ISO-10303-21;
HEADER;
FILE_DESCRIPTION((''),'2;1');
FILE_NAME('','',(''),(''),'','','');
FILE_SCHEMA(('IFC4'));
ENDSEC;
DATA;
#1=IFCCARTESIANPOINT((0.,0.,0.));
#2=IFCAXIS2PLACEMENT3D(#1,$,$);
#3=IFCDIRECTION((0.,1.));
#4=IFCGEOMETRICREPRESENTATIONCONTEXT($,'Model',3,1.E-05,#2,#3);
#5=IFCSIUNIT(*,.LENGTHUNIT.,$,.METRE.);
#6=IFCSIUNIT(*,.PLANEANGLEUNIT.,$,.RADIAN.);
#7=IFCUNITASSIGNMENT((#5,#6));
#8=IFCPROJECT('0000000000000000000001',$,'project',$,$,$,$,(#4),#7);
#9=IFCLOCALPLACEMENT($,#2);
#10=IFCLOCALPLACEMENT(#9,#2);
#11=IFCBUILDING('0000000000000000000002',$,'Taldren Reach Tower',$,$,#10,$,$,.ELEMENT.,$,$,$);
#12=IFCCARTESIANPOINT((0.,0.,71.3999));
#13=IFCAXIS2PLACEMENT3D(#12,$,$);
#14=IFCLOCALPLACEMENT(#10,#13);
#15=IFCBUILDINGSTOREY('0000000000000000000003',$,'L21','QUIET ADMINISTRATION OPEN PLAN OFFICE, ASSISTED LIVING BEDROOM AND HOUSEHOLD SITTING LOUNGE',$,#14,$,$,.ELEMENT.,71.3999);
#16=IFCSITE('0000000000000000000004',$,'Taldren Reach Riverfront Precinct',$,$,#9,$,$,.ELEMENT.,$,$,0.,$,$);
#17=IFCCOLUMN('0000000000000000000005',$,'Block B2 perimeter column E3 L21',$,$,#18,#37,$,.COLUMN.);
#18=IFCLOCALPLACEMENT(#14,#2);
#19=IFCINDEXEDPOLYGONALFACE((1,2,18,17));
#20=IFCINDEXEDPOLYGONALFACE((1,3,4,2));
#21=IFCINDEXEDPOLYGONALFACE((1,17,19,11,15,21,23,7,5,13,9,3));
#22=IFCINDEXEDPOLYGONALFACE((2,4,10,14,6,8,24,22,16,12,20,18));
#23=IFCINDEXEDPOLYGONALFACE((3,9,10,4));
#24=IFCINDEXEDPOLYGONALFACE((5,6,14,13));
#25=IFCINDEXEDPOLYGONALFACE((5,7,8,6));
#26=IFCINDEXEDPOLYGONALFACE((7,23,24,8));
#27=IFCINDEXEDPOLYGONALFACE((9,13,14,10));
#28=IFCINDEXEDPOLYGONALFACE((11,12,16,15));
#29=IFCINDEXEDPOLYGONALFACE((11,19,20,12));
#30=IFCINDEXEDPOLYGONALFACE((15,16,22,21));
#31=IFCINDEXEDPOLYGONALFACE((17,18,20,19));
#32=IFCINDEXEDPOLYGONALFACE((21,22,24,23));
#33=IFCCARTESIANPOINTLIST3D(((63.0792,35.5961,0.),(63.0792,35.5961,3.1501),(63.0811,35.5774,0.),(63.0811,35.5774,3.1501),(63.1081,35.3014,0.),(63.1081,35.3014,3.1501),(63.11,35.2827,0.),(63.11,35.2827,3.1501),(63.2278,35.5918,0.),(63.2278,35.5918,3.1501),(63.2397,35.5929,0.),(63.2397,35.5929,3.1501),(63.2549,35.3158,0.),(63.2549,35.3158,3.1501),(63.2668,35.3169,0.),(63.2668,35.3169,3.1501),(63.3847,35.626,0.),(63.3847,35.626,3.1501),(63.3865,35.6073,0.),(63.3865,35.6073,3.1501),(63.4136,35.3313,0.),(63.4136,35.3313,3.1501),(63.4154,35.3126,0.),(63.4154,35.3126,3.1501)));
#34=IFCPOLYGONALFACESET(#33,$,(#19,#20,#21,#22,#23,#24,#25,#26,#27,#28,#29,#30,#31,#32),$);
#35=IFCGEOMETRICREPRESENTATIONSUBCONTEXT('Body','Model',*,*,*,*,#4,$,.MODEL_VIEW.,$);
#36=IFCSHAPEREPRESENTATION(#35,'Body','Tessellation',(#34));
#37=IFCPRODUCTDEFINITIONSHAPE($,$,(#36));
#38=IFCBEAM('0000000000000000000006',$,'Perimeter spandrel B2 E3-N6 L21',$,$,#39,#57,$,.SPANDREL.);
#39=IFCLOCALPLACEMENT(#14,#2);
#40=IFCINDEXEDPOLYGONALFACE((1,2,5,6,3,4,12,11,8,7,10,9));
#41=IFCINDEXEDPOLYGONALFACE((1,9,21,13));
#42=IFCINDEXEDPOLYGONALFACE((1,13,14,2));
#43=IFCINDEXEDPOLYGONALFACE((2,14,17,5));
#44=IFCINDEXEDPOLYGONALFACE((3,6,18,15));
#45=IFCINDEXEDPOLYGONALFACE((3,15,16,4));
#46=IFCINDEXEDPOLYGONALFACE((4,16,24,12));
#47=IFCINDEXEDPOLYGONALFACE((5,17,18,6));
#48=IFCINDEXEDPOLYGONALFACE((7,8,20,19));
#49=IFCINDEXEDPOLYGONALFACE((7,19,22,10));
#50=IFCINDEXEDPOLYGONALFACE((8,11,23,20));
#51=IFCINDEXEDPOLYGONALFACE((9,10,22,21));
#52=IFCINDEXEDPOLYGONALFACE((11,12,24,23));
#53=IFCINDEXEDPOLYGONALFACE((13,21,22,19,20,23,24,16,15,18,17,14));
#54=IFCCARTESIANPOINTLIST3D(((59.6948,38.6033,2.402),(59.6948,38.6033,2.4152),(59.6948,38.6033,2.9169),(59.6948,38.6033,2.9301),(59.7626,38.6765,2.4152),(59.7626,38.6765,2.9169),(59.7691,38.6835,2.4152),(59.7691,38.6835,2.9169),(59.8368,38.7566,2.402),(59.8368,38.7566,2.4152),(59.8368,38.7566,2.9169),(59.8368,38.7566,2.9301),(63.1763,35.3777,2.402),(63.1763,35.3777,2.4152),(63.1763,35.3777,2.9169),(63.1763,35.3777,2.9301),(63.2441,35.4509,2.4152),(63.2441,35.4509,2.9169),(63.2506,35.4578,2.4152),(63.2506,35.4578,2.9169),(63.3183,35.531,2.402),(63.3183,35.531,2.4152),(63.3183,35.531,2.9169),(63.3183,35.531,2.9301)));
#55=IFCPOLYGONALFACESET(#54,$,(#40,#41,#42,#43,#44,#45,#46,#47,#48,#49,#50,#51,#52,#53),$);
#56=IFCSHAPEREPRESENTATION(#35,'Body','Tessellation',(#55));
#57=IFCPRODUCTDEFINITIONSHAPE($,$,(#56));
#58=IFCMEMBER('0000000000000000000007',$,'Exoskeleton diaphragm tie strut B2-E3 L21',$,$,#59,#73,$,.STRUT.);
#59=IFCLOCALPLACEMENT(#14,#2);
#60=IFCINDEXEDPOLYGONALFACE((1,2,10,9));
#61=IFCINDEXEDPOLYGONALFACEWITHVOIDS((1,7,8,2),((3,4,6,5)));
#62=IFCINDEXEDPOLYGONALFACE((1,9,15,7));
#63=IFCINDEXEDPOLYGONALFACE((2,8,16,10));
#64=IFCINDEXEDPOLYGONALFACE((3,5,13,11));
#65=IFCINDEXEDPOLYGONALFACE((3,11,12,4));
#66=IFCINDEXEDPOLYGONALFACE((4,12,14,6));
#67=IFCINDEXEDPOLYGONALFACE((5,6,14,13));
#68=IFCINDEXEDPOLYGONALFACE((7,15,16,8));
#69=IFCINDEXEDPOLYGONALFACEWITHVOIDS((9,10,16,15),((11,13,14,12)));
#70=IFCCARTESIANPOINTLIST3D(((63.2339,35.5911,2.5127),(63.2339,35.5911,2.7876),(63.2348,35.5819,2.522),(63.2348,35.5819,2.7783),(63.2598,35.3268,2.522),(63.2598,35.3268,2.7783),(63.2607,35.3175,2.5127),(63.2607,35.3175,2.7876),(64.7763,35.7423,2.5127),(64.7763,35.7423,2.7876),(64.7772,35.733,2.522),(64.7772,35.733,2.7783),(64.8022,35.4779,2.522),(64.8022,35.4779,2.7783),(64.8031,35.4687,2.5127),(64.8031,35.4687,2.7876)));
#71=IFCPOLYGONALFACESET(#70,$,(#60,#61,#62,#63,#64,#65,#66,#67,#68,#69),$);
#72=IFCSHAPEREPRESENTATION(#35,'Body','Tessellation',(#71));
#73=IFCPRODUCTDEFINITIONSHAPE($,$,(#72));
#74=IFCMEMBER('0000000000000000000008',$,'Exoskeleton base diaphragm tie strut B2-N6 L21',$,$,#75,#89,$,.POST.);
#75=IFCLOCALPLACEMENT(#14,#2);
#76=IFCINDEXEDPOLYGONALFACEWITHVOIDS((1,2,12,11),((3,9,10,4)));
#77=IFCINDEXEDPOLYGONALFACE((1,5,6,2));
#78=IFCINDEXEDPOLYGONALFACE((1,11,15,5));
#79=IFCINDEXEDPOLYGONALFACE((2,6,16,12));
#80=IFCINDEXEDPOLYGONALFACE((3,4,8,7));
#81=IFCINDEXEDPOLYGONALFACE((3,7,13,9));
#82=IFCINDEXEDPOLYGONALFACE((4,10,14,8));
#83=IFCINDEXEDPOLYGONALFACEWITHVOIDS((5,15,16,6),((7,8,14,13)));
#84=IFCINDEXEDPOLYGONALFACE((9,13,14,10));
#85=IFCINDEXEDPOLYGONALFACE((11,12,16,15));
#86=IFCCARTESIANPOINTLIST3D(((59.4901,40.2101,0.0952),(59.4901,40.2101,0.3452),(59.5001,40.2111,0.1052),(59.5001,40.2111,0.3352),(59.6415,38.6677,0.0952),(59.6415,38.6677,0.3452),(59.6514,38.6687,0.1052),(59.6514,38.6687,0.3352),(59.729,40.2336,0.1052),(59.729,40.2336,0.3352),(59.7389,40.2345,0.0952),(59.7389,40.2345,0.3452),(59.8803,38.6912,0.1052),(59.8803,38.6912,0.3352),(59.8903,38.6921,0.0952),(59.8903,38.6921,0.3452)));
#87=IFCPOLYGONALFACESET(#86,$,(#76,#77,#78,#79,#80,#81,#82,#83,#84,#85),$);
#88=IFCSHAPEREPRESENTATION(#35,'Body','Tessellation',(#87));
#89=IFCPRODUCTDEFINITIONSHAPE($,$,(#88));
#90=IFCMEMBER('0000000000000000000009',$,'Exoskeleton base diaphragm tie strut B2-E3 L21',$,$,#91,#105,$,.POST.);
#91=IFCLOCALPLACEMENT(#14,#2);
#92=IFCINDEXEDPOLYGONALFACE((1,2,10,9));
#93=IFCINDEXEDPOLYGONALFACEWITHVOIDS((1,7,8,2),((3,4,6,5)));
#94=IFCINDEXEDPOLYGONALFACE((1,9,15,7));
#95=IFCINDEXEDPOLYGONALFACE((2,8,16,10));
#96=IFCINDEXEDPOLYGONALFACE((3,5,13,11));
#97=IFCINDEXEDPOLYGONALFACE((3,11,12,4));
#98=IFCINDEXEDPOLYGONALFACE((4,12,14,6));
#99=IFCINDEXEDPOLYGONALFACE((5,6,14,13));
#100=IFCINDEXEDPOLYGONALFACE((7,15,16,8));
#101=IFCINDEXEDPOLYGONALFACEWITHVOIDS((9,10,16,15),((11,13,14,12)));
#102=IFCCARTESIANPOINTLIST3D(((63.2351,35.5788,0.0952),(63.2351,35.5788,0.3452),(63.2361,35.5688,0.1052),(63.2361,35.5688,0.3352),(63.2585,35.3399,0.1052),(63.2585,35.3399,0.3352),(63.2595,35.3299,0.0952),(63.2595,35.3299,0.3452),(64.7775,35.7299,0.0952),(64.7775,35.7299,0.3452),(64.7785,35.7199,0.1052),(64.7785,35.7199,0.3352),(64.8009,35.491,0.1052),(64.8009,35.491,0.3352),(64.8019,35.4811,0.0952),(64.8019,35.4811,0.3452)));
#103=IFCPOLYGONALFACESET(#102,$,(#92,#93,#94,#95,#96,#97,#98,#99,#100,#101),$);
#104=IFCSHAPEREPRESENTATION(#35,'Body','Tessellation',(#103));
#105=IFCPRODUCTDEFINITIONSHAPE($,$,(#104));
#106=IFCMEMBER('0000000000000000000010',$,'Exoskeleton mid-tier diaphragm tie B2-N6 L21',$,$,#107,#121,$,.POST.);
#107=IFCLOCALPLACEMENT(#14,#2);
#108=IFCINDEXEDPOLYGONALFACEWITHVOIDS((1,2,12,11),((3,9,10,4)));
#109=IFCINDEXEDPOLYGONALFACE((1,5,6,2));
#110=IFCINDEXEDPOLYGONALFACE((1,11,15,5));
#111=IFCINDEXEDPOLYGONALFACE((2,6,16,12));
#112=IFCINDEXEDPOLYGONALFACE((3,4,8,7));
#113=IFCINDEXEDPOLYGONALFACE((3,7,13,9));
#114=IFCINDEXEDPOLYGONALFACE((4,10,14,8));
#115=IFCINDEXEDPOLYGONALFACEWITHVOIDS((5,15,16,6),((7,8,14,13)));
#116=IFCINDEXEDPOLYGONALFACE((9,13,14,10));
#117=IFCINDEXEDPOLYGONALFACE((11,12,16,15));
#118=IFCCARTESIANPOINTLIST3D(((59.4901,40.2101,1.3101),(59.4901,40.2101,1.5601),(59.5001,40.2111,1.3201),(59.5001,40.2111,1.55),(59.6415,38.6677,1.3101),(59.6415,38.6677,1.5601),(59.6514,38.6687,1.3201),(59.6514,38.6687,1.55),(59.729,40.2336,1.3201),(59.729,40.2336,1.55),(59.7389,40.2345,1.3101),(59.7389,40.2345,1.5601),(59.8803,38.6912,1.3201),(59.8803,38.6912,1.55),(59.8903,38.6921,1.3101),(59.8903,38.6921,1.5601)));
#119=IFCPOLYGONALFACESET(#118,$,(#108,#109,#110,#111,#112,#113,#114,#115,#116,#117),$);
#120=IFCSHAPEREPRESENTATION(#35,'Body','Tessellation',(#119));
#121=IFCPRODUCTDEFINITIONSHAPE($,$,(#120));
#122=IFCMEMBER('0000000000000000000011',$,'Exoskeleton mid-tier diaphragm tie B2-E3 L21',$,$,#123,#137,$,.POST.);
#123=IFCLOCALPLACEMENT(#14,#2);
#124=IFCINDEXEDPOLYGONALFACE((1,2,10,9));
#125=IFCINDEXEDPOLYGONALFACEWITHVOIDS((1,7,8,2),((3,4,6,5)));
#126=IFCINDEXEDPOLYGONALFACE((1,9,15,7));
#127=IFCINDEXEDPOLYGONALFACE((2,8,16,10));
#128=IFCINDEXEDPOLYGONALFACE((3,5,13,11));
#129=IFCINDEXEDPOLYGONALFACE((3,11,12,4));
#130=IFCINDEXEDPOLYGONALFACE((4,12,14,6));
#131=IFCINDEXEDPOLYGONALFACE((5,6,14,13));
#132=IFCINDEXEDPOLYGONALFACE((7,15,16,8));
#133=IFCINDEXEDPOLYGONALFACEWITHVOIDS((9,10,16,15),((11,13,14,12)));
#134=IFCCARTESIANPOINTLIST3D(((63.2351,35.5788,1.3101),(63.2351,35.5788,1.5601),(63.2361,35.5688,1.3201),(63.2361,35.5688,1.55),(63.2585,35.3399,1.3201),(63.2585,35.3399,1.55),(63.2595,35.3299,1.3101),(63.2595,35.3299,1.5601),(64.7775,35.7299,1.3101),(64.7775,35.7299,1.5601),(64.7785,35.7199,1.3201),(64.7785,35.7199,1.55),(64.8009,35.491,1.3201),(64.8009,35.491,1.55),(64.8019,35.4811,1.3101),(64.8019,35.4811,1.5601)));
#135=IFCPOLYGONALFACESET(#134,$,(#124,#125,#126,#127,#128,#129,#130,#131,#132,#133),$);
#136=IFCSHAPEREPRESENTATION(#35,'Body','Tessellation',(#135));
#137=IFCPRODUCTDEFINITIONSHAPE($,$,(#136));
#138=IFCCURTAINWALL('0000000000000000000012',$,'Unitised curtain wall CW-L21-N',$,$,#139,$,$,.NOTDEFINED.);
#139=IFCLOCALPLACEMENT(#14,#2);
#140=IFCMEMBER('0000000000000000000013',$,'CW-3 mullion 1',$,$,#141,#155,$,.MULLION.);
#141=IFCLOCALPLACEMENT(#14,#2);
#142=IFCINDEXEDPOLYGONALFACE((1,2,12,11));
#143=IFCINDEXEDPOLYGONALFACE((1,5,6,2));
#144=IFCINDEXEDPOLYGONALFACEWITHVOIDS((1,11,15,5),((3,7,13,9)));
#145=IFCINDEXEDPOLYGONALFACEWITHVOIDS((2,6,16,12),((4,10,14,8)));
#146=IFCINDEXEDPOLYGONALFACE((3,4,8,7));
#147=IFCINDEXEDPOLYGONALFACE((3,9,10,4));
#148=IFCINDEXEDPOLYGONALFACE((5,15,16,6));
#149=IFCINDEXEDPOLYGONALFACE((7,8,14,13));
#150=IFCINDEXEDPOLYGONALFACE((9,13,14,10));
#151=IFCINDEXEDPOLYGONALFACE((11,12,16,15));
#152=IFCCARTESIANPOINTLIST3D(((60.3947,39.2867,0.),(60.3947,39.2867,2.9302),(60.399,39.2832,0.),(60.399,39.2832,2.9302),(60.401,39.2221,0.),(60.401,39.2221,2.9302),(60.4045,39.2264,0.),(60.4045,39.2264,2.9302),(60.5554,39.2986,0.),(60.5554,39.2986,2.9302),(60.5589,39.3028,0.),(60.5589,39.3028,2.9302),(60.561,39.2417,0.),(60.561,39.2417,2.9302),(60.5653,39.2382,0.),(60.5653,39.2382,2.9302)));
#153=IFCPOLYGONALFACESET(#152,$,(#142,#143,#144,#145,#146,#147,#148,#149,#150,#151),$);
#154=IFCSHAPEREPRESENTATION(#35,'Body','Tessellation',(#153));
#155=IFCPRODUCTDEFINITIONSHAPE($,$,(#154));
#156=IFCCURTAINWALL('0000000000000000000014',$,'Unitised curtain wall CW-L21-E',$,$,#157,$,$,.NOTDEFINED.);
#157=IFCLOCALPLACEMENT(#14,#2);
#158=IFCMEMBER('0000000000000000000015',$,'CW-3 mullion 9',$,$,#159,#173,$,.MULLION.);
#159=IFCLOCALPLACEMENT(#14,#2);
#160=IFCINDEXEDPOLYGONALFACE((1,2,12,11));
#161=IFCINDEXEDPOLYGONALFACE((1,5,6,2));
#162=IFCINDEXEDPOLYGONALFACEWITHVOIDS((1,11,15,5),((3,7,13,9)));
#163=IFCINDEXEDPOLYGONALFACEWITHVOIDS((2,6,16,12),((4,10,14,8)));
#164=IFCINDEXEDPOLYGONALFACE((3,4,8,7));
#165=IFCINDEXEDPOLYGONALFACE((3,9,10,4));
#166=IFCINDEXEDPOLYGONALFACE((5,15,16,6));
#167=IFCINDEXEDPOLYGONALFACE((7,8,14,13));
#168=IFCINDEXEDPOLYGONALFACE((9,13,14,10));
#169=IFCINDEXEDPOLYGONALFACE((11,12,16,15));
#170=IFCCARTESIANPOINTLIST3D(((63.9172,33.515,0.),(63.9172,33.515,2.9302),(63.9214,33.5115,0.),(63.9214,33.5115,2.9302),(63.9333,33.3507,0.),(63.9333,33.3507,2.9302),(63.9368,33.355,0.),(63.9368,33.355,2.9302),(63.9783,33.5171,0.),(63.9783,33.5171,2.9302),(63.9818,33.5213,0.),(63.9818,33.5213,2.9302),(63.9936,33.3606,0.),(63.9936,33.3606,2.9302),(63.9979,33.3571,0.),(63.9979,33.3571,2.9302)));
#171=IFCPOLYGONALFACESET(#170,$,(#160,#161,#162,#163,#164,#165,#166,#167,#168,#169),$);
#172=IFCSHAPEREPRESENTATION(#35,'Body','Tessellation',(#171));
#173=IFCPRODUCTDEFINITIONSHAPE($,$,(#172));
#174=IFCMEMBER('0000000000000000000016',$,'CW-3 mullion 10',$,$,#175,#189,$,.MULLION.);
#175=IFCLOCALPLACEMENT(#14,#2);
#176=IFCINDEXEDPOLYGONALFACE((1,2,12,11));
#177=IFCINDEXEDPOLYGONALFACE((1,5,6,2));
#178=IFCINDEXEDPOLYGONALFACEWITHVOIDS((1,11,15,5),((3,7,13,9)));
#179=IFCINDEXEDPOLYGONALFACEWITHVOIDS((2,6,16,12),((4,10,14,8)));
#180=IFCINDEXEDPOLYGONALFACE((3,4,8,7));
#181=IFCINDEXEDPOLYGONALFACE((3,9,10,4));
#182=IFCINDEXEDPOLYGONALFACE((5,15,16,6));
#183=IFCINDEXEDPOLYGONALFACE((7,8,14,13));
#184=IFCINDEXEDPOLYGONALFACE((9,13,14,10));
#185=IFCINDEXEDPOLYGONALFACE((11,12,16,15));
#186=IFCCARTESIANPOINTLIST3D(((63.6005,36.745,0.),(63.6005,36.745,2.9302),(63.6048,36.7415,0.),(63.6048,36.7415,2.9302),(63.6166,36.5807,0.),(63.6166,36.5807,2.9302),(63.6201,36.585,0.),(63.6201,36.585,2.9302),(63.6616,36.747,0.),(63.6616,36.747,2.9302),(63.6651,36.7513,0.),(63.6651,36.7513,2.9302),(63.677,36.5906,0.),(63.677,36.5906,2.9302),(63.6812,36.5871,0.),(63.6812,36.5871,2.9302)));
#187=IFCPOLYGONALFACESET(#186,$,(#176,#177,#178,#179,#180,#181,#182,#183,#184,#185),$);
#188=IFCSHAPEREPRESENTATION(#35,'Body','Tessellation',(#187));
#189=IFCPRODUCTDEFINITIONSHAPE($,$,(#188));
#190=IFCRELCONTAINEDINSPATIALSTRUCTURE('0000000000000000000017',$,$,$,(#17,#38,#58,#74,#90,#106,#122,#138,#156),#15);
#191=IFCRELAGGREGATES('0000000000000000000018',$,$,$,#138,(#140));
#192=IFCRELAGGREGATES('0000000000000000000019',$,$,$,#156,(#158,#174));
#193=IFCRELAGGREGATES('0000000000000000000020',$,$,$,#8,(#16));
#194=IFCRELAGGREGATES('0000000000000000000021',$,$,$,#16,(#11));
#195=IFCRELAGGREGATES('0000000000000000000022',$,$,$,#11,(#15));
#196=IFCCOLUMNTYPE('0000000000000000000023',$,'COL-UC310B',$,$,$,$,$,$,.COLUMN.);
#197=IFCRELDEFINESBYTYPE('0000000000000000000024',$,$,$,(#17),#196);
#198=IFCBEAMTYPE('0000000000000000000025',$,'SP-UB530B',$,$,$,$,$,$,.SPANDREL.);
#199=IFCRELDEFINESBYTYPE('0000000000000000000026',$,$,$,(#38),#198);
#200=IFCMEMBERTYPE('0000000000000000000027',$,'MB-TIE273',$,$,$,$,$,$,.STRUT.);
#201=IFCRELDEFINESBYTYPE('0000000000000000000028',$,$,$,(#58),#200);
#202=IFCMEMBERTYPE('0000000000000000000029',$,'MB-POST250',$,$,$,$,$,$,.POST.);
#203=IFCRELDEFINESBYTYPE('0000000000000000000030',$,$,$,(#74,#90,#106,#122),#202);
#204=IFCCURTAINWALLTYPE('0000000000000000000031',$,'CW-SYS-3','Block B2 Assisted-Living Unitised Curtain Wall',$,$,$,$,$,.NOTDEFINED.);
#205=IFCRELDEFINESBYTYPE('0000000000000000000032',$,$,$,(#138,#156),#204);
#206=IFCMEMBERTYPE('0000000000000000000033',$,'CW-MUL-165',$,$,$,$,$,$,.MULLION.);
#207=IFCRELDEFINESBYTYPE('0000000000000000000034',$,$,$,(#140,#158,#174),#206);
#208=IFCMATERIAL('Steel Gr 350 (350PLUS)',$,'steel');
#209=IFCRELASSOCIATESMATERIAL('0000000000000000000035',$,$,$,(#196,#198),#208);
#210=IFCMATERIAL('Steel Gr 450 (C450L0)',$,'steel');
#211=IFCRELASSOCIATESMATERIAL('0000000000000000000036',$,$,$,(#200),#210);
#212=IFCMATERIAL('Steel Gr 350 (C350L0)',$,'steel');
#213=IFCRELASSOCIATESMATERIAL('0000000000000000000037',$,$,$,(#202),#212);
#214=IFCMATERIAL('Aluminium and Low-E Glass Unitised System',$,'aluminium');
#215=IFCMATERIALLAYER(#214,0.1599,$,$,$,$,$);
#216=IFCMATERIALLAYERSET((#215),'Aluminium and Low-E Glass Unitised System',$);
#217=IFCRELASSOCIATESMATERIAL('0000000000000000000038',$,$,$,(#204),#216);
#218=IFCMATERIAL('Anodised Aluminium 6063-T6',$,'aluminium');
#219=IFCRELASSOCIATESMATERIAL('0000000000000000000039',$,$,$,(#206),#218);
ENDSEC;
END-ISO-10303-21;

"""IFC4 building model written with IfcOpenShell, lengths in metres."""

from ifc_helpers import new_model, si_unit, direction, frame, origin, origin_2d, place, context, subcontext, project, spatial, hollow_rectangle, i_section, extrude, source, transform, mapped, material, layer, layer_set, material_profile, profile_set, type_object, element, aggregate, save


model = new_model("IFC4")

# Units and contexts
model_context = context("Model", 3, precision=1e-05, world=origin(), true_north=direction((0.0, 1.0)))
body_context = subcontext(model_context, "Body", "Model", "MODEL_VIEW")
ifc_project = project(units=[si_unit("LENGTHUNIT", "METRE"), si_unit("PLANEANGLEUNIT", "RADIAN")], contexts=[model_context])

# Site, building, storey
site_placement = place(None, origin())
site = spatial("IfcSite", under=ifc_project, at=site_placement, Name="Taldren Reach Riverfront Precinct", CompositionType="ELEMENT", RefElevation=0.0)
building_placement = place(site_placement, origin())
building = spatial("IfcBuilding", under=site, at=building_placement, Name="Taldren Reach Tower", CompositionType="ELEMENT")
storey_placement = place(building_placement, frame((0.0, 0.0, 71.3999)))
storey = spatial("IfcBuildingStorey", under=building, at=storey_placement, Name="L21", Description="QUIET ADMINISTRATION OPEN PLAN OFFICE, ASSISTED LIVING BEDROOM AND HOUSEHOLD SITTING LOUNGE", CompositionType="ELEMENT", Elevation=71.3999)

# Column
ifc_material_1 = material(Name="Steel Gr 350 (350PLUS)", Category="steel")
ifc_material_profile_1 = material_profile(ifc_material_1, i_section(OverallWidth=0.3069, OverallDepth=0.3149, WebThickness=0.012, FlangeThickness=0.0188, at=origin_2d()), Name="310UC118")
ifc_profile_set_1 = profile_set([ifc_material_profile_1], Name="Steel Gr 350 (350PLUS)")
column_type = type_object("IfcColumnType", Name="COL-UC310B", PredefinedType="COLUMN", material=ifc_profile_set_1)
shared_shape_1 = source(origin(), body_context, "Body", "SweptSolid", [
    extrude(i_section(OverallWidth=0.3069, OverallDepth=0.3149, WebThickness=0.012, FlangeThickness=0.0188, at=origin_2d()), origin(), (0.0, 0.0, 1.0), 3.1501),
])
column_placement = place(storey_placement, frame((63.2473, 35.4543, 0.0), z_axis=(0.0, 0.0, 1.0), x_axis=(0.995227, 0.097583, 0.0)))
element("IfcColumn", 1, at=column_placement, inside=storey, type_object=column_type, Name="Block B2 perimeter column E3 L21", PredefinedType="COLUMN", context=body_context, shape_type="MappedRepresentation", body=[
    mapped(shared_shape_1, transform((0.0, 0.0, 0.0), scale=1.0)),
])

# Beam
ifc_material_profile_2 = material_profile(ifc_material_1, i_section(OverallWidth=0.209, OverallDepth=0.5281, WebThickness=0.0095, FlangeThickness=0.0132, at=origin_2d()), Name="530UB82.0")
ifc_profile_set_2 = profile_set([ifc_material_profile_2], Name="Steel Gr 350 (350PLUS)")
beam_type = type_object("IfcBeamType", Name="SP-UB530B", PredefinedType="SPANDREL", material=ifc_profile_set_2)
shared_shape_2 = source(origin(), body_context, "Body", "SweptSolid", [
    extrude(i_section(OverallWidth=0.209, OverallDepth=0.5281, WebThickness=0.0095, FlangeThickness=0.0132, at=origin_2d()), origin(), (0.0, 0.0, 1.0), 4.7461),
])
beam_placement = place(storey_placement, frame((63.2473, 35.4543, 2.666), z_axis=(-0.733548, 0.679638, 0.0), x_axis=(-0.679638, -0.733548, 0.0)))
element("IfcBeam", 2, at=beam_placement, inside=storey, type_object=beam_type, Name="Perimeter spandrel B2 E3-N6 L21", PredefinedType="SPANDREL", context=body_context, shape_type="MappedRepresentation", body=[
    mapped(shared_shape_2, transform((0.0, 0.0, 0.0), scale=1.0)),
])

# Members
ifc_material_2 = material(Name="Steel Gr 450 (C450L0)", Category="steel")
ifc_material_profile_3 = material_profile(ifc_material_2, hollow_rectangle(XDim=0.2749, YDim=0.2749, WallThickness=0.0093, at=origin_2d()), Name="275x275x9.3SHS")
ifc_profile_set_3 = profile_set([ifc_material_profile_3], Name="Steel Gr 450 (C450L0)")
member_type_1 = type_object("IfcMemberType", Name="MB-TIE273", PredefinedType="STRUT", material=ifc_profile_set_3)
shared_shape_3 = source(origin(), body_context, "Body", "SweptSolid", [
    extrude(hollow_rectangle(XDim=0.2749, YDim=0.2749, WallThickness=0.0093, at=origin_2d()), origin(), (0.0, 0.0, 1.0), 1.5498),
])
member_1_placement = place(storey_placement, frame((63.2473, 35.4543, 2.6501), z_axis=(0.995235, 0.097507, 0.0), x_axis=(-0.097507, 0.995235, 0.0)))
element("IfcMember", 3, at=member_1_placement, inside=storey, type_object=member_type_1, Name="Exoskeleton diaphragm tie strut B2-E3 L21", PredefinedType="STRUT", context=body_context, shape_type="MappedRepresentation", body=[
    mapped(shared_shape_3, transform((0.0, 0.0, 0.0), scale=1.0)),
])
ifc_material_3 = material(Name="Steel Gr 350 (C350L0)", Category="steel")
ifc_material_profile_4 = material_profile(ifc_material_3, hollow_rectangle(XDim=0.25, YDim=0.25, WallThickness=0.01, at=origin_2d()), Name="250x250x10.0SHS")
ifc_profile_set_4 = profile_set([ifc_material_profile_4], Name="Steel Gr 350 (C350L0)")
member_type_2 = type_object("IfcMemberType", Name="MB-POST250", PredefinedType="POST", material=ifc_profile_set_4)
shared_shape_4 = source(origin(), body_context, "Body", "SweptSolid", [
    extrude(hollow_rectangle(XDim=0.25, YDim=0.25, WallThickness=0.01, at=origin_2d()), origin(), (0.0, 0.0, 1.0), 1.5498),
])
for number, where, z_axis, x_axis, name in (
    (4, (59.7659, 38.6799, 0.2202), (-0.097663, 0.99522, 0.0), (-0.99522, -0.097663, 0.0), "Exoskeleton base diaphragm tie strut B2-N6 L21"),
    (5, (63.2473, 35.4543, 0.2202), (0.995235, 0.097507, 0.0), (-0.097507, 0.995235, 0.0), "Exoskeleton base diaphragm tie strut B2-E3 L21"),
    (6, (59.7659, 38.6799, 1.4351), (-0.097663, 0.99522, 0.0), (-0.99522, -0.097663, 0.0), "Exoskeleton mid-tier diaphragm tie B2-N6 L21"),
    (7, (63.2473, 35.4543, 1.4351), (0.995235, 0.097507, 0.0), (-0.097507, 0.995235, 0.0), "Exoskeleton mid-tier diaphragm tie B2-E3 L21"),
):
    element("IfcMember", number, at=place(storey_placement, frame(where, z_axis=z_axis, x_axis=x_axis)), inside=storey, type_object=member_type_2, Name=name, PredefinedType="POST", context=body_context, shape_type="MappedRepresentation", body=[
        mapped(shared_shape_4, transform((0.0, 0.0, 0.0), scale=1.0)),
    ])

# Curtain wall, member
ifc_material_4 = material(Name="Aluminium and Low-E Glass Unitised System", Category="aluminium")
ifc_layer_1 = layer(ifc_material_4, 0.1599)
ifc_layer_set_1 = layer_set([ifc_layer_1], Name="Aluminium and Low-E Glass Unitised System")
curtain_wall_type = type_object("IfcCurtainWallType", Name="CW-SYS-3", Description="Block B2 Assisted-Living Unitised Curtain Wall", PredefinedType="NOTDEFINED", material=ifc_layer_set_1)
curtain_wall_1_placement = place(storey_placement, origin())
curtain_wall_1 = element("IfcCurtainWall", 8, at=curtain_wall_1_placement, inside=storey, type_object=curtain_wall_type, Name="Unitised curtain wall CW-L21-N", PredefinedType="NOTDEFINED")
ifc_material_5 = material(Name="Anodised Aluminium 6063-T6", Category="aluminium")
ifc_material_profile_5 = material_profile(ifc_material_5, hollow_rectangle(XDim=0.0649, YDim=0.165, WallThickness=0.0039, at=origin_2d()), Name="ALU-165x65x4RHS")
ifc_profile_set_5 = profile_set([ifc_material_profile_5], Name="Anodised Aluminium 6063-T6")
member_type_3 = type_object("IfcMemberType", Name="CW-MUL-165", PredefinedType="MULLION", material=ifc_profile_set_5)
shared_shape_5 = source(origin(), body_context, "Body", "SweptSolid", [
    extrude(hollow_rectangle(XDim=0.0649, YDim=0.165, WallThickness=0.0039, at=origin_2d()), origin(), (0.0, 0.0, 1.0), 2.9302),
])
member_2_placement = place(storey_placement, frame((60.48, 39.2625, 0.0), z_axis=(0.0, 0.0, 1.0), x_axis=(0.097583, -0.995227, 0.0)))
member_2 = element("IfcMember", 9, at=member_2_placement, type_object=member_type_3, Name="CW-3 mullion 1", PredefinedType="MULLION", context=body_context, shape_type="MappedRepresentation", body=[
    mapped(shared_shape_5, transform((0.0, 0.0, 0.0), scale=1.0)),
])

# Curtain wall, members
curtain_wall_2_placement = place(storey_placement, origin())
curtain_wall_2 = element("IfcCurtainWall", 10, at=curtain_wall_2_placement, inside=storey, type_object=curtain_wall_type, Name="Unitised curtain wall CW-L21-E", PredefinedType="NOTDEFINED")
member_3_placement = place(storey_placement, frame((63.9575, 33.436, 0.0), z_axis=(0.0, 0.0, 1.0), x_axis=(-0.995227, -0.097583, 0.0)))
member_3 = element("IfcMember", 11, at=member_3_placement, type_object=member_type_3, Name="CW-3 mullion 9", PredefinedType="MULLION", context=body_context, shape_type="MappedRepresentation", body=[
    mapped(shared_shape_5, transform((0.0, 0.0, 0.0), scale=1.0)),
])
member_4_placement = place(storey_placement, frame((63.6409, 36.666, 0.0), z_axis=(0.0, 0.0, 1.0), x_axis=(-0.995227, -0.097583, 0.0)))
member_4 = element("IfcMember", 12, at=member_4_placement, type_object=member_type_3, Name="CW-3 mullion 10", PredefinedType="MULLION", context=body_context, shape_type="MappedRepresentation", body=[
    mapped(shared_shape_5, transform((0.0, 0.0, 0.0), scale=1.0)),
])

aggregate(curtain_wall_1, [member_2])

aggregate(curtain_wall_2, [member_3, member_4])

save(model, "model.ifc")
